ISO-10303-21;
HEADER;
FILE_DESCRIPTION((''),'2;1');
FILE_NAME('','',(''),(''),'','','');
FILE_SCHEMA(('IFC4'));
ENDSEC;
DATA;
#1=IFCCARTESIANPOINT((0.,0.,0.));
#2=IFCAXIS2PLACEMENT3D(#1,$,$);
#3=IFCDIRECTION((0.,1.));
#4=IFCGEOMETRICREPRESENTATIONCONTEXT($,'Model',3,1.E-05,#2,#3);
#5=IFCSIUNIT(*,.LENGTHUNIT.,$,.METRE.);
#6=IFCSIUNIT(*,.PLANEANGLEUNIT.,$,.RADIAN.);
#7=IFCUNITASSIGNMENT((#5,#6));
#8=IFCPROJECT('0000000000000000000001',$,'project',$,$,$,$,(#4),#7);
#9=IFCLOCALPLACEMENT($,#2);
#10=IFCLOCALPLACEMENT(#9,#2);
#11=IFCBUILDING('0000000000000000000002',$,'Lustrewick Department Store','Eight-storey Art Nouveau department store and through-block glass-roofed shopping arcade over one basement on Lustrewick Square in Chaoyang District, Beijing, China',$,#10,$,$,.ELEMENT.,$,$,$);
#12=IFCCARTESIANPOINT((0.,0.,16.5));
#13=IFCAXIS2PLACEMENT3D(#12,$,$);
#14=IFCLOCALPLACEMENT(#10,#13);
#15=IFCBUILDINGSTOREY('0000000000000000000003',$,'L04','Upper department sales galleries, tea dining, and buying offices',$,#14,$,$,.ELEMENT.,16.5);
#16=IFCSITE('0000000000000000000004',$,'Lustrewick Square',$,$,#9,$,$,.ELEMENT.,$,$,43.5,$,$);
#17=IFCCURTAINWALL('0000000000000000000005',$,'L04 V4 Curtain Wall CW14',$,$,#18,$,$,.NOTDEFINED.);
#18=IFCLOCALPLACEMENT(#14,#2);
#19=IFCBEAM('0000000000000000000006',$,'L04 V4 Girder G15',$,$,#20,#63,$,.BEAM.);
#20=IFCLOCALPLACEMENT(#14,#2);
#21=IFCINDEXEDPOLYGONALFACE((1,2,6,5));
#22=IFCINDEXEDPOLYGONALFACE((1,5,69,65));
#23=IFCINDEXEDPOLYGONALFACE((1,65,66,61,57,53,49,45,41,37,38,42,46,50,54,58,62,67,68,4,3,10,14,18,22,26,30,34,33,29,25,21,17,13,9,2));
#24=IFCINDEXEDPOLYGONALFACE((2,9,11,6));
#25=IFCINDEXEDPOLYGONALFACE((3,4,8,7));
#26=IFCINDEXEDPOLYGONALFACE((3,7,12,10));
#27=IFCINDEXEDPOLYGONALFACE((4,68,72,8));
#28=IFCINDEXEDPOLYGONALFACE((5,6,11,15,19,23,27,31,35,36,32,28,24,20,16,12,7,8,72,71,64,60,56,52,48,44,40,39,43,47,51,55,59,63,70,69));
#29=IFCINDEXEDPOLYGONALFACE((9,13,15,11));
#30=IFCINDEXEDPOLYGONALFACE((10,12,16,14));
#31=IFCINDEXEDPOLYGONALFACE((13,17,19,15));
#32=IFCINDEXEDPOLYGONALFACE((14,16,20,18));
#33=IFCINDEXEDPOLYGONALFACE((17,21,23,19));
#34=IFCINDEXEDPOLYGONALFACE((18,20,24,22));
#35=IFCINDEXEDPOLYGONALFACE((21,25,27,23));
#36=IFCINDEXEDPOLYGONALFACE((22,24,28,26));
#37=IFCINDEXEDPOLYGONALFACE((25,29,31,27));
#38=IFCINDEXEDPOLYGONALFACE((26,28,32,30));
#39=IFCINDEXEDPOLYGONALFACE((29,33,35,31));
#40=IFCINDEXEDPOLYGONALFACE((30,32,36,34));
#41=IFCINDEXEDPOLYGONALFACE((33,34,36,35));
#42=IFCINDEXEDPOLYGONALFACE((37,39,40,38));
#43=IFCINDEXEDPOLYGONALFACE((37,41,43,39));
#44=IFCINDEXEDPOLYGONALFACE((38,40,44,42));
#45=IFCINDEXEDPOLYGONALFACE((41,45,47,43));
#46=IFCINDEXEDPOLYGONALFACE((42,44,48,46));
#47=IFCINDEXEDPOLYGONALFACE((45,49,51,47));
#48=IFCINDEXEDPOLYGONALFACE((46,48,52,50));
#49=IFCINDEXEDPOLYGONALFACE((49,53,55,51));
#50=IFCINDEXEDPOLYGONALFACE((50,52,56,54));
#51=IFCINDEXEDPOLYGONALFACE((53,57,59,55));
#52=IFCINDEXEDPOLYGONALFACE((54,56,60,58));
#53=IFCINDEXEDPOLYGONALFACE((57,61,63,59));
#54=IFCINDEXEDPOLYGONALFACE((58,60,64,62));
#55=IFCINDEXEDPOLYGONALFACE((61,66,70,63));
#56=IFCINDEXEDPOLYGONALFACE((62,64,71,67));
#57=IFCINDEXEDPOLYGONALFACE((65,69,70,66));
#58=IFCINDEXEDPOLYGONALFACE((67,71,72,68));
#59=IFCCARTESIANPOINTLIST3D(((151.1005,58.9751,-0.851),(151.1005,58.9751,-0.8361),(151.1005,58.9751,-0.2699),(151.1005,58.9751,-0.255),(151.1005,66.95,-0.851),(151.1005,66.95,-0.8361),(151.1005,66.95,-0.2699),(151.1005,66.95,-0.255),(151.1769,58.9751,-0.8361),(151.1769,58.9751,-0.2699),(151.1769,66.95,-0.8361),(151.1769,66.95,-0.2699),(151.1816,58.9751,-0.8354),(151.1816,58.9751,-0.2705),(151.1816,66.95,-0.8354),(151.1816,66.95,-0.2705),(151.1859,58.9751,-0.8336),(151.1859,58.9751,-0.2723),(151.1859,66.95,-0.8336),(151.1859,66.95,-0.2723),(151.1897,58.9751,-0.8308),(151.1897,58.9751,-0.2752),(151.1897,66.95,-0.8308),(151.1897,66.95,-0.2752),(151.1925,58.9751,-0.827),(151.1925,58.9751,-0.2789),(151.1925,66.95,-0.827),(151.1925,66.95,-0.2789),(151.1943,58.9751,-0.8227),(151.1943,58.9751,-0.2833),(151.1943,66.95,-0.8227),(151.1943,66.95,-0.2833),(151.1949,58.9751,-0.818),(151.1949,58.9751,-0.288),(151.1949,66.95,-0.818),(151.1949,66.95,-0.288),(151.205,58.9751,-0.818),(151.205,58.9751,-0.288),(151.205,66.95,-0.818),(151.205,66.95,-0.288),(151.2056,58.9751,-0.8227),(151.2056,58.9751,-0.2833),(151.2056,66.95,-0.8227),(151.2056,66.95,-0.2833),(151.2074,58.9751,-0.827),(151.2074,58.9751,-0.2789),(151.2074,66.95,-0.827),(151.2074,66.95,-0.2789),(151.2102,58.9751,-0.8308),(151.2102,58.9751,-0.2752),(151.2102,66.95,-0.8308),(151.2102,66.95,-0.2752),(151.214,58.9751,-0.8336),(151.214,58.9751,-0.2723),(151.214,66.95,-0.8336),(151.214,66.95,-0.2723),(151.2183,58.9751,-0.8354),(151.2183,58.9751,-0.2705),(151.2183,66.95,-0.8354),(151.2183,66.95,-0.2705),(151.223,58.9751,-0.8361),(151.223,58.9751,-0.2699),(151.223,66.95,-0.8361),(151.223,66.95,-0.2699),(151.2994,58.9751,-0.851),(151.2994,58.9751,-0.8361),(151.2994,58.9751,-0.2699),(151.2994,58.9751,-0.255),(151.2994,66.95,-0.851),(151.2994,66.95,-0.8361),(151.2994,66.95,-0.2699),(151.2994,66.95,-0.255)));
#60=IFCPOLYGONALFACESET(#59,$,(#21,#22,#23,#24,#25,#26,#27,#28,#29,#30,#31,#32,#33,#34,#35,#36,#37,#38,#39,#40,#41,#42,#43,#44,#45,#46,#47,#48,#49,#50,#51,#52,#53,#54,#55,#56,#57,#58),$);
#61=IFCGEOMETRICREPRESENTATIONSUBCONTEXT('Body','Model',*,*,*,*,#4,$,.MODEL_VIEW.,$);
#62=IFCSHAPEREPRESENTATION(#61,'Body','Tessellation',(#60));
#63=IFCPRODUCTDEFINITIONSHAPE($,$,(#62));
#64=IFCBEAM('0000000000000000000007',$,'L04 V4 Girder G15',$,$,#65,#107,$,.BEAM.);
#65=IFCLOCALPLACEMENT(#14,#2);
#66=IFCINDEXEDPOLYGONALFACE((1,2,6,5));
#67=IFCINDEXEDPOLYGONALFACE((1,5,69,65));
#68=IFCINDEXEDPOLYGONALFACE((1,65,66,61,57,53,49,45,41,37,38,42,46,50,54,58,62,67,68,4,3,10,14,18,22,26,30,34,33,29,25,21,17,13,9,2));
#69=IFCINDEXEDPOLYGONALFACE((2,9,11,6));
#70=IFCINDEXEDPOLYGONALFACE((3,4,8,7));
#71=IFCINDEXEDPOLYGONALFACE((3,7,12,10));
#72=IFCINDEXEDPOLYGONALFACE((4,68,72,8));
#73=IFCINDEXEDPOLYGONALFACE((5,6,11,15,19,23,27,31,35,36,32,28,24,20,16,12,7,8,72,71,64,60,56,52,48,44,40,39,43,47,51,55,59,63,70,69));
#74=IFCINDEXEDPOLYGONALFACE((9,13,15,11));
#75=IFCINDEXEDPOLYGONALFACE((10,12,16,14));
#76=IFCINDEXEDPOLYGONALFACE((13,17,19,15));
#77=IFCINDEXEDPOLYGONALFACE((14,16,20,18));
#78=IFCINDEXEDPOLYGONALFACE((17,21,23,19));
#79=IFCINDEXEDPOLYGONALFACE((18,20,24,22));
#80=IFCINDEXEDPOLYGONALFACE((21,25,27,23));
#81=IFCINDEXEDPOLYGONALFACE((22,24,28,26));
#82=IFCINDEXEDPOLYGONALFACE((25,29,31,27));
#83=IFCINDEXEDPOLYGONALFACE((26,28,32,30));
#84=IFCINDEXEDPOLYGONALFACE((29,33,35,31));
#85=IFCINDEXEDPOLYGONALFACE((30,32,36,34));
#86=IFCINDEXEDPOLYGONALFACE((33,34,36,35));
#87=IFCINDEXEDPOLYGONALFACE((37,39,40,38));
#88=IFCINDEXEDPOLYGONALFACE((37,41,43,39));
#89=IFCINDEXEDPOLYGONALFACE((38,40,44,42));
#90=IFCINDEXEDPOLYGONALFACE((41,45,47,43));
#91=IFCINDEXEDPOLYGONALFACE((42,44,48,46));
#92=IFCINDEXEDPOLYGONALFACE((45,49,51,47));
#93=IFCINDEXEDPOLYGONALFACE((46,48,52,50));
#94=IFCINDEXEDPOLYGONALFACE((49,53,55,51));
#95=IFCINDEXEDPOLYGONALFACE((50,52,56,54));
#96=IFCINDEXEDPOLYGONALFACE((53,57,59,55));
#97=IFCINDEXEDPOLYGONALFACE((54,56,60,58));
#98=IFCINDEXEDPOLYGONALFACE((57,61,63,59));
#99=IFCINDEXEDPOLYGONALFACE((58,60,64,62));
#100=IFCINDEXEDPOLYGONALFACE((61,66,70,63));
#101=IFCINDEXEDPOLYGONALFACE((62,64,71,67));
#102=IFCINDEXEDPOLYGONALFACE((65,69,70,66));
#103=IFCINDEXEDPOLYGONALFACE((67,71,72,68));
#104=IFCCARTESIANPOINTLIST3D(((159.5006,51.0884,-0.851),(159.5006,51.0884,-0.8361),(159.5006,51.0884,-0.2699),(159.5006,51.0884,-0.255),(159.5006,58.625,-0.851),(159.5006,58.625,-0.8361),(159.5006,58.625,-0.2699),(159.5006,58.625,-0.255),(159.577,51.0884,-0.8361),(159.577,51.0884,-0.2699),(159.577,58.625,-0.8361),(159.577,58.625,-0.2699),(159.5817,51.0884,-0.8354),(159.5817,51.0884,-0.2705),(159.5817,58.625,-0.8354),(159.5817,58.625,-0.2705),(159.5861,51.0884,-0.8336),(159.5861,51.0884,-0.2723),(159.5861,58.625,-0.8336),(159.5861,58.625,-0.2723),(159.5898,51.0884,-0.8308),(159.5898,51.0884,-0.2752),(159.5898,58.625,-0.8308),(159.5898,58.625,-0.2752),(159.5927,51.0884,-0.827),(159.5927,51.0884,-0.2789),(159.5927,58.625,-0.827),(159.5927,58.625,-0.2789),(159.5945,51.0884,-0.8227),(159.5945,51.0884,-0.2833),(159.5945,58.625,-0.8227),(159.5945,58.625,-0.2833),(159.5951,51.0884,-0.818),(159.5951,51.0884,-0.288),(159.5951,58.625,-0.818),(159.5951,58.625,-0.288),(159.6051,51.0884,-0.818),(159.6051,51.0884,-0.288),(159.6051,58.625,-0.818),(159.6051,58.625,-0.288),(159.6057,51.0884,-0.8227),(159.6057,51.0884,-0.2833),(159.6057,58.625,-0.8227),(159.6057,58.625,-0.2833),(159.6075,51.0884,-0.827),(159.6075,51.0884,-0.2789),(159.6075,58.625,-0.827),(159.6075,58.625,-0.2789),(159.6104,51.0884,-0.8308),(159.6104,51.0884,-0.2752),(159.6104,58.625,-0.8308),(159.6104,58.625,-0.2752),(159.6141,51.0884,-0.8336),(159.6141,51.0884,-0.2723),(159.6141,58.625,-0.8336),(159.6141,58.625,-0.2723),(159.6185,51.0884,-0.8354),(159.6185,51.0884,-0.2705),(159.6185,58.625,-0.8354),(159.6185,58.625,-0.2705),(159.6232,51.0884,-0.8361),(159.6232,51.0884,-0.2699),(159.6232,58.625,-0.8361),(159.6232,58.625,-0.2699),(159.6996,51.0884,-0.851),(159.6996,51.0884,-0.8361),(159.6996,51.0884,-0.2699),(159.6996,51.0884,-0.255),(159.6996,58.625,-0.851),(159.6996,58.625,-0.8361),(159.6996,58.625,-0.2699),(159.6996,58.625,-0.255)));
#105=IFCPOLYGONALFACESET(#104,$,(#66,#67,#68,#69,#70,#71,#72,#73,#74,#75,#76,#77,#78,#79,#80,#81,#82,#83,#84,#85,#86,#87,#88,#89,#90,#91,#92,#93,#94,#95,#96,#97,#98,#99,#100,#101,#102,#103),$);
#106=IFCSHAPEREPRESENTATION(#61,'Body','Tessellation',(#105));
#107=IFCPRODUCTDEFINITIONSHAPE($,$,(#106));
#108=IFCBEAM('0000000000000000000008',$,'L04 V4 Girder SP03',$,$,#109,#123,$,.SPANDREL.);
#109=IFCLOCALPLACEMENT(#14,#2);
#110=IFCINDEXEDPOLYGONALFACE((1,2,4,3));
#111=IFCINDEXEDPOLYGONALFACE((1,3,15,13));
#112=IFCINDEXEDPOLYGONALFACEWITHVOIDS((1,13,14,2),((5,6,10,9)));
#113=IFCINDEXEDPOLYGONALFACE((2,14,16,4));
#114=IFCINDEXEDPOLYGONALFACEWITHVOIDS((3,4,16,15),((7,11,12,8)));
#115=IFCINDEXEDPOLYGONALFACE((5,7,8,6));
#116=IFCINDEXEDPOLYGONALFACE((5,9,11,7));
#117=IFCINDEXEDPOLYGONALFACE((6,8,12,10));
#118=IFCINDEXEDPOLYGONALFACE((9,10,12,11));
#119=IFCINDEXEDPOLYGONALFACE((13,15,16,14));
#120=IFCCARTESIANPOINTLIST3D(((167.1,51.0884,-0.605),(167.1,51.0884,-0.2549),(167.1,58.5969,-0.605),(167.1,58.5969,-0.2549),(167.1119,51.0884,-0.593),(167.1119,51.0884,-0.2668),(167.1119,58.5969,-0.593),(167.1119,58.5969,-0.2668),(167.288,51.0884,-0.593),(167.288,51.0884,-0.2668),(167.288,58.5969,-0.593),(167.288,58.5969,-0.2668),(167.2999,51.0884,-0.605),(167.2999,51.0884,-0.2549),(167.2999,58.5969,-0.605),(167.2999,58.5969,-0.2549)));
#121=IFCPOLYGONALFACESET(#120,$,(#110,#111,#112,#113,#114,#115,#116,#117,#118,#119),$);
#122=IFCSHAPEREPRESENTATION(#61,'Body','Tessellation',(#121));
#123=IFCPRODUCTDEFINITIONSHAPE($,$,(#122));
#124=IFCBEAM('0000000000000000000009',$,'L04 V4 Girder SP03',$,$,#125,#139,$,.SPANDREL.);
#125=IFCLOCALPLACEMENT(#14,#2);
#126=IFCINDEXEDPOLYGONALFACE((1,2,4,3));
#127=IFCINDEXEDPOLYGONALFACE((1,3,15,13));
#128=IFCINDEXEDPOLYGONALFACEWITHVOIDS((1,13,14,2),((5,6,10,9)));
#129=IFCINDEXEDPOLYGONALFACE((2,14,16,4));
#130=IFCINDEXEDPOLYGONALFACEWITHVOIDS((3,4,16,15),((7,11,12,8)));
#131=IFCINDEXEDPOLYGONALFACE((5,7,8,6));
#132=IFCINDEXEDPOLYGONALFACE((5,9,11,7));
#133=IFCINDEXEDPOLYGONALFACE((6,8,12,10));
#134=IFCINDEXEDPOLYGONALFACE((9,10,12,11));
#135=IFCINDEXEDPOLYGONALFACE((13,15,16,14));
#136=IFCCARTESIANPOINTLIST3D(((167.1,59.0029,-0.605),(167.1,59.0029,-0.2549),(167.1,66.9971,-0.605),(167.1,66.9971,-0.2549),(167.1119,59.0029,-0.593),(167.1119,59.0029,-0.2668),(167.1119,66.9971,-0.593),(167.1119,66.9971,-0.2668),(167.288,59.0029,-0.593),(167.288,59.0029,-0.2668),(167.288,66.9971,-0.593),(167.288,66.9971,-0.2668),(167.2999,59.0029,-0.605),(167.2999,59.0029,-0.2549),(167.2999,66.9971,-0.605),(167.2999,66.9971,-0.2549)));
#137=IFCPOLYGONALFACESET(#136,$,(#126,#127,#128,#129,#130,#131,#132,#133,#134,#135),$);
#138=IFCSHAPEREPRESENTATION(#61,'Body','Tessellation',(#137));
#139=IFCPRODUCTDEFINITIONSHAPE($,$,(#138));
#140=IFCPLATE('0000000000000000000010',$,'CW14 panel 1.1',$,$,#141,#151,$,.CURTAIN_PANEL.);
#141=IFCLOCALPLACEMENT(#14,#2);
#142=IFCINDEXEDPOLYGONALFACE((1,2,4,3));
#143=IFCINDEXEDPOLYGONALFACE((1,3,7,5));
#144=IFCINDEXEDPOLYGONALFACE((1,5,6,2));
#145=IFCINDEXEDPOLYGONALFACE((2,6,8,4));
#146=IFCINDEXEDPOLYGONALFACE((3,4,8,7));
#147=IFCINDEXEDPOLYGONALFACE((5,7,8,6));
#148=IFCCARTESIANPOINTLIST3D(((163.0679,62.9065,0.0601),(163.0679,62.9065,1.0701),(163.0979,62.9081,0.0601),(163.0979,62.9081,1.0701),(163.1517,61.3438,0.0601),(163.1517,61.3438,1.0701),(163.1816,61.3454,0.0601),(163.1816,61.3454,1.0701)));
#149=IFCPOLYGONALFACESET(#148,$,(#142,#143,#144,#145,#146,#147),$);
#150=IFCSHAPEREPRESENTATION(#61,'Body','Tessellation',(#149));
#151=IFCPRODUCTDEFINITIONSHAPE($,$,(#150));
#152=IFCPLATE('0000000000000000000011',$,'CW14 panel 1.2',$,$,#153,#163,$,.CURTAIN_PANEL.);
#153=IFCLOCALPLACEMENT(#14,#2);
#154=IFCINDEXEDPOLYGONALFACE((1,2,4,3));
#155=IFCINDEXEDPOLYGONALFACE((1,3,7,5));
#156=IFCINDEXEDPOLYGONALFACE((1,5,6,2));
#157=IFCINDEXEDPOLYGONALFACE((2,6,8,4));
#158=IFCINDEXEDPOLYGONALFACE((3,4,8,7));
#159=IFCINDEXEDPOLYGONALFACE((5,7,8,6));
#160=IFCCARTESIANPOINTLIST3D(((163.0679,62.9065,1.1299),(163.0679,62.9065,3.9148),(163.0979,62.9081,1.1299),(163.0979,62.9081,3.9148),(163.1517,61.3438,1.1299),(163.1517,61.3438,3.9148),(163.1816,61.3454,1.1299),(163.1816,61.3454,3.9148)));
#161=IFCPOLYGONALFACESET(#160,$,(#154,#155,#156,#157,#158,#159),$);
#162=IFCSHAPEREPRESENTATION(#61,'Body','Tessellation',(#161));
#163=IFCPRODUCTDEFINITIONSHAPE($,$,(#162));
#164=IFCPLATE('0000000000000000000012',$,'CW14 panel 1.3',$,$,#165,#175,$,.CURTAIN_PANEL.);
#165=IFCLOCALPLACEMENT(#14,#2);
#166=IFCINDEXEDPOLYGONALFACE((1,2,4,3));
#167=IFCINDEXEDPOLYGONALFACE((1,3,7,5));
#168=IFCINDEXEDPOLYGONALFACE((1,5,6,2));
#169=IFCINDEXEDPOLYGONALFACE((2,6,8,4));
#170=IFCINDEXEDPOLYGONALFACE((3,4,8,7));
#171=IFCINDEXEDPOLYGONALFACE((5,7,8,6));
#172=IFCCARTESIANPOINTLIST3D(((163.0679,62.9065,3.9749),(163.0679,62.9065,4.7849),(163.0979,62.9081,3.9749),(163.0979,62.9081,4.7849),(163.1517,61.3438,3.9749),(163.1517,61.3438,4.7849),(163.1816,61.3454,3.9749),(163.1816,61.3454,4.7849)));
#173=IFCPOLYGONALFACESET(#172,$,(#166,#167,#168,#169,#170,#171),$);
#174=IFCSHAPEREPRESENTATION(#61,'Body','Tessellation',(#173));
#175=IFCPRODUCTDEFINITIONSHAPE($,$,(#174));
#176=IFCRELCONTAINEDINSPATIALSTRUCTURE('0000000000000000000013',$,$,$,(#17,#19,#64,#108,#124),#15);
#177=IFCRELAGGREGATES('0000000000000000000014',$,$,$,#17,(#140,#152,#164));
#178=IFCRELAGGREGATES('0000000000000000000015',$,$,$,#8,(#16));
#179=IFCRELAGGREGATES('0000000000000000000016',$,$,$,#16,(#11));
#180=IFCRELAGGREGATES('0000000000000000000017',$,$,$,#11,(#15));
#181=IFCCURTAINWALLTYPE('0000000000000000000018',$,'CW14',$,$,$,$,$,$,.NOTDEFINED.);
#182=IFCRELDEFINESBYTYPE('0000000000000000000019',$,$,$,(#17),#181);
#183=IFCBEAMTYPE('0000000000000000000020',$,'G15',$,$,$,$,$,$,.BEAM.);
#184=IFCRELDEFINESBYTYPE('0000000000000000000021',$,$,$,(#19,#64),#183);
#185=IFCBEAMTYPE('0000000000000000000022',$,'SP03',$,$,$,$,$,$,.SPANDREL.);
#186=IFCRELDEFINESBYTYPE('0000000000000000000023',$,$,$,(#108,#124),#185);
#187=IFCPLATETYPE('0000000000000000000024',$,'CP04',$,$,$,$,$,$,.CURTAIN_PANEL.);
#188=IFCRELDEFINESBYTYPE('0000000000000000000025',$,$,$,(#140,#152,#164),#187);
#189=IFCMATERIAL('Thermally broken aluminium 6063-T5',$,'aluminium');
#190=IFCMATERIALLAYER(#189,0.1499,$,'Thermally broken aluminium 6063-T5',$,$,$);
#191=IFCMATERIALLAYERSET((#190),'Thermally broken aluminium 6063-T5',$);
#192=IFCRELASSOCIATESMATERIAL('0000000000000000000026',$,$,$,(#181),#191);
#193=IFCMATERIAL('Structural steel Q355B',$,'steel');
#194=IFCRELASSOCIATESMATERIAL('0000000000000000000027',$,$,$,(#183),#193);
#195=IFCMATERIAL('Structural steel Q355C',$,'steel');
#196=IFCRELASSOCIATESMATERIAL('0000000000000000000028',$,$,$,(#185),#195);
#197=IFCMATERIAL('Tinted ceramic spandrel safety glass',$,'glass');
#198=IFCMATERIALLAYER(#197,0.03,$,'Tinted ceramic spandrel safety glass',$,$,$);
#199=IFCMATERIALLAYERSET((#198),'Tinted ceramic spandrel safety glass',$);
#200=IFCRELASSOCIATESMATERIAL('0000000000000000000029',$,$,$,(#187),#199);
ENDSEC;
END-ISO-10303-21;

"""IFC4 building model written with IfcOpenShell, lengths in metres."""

from ifc_helpers import new_model, si_unit, direction, frame, origin, origin_2d, place, context, subcontext, project, spatial, rectangle, hollow_rectangle, i_section, extrude, material, layer, layer_set, material_profile, profile_set, type_object, element, aggregate, save


model = new_model("IFC4")

# Units and contexts
model_context = context("Model", 3, precision=1e-05, world=origin(), true_north=direction((0.0, 1.0)))
body_context = subcontext(model_context, "Body", "Model", "MODEL_VIEW")
ifc_project = project(units=[si_unit("LENGTHUNIT", "METRE"), si_unit("PLANEANGLEUNIT", "RADIAN")], contexts=[model_context])

# Site, building, storey
site_placement = place(None, origin())
site = spatial("IfcSite", under=ifc_project, at=site_placement, Name="Lustrewick Square", CompositionType="ELEMENT", RefElevation=43.5)
building_placement = place(site_placement, origin())
building = spatial("IfcBuilding", under=site, at=building_placement, Name="Lustrewick Department Store", Description="Eight-storey Art Nouveau department store and through-block glass-roofed shopping arcade over one basement on Lustrewick Square in Chaoyang District, Beijing, China", CompositionType="ELEMENT")
storey_placement = place(building_placement, frame((0.0, 0.0, 16.5)))
storey = spatial("IfcBuildingStorey", under=building, at=storey_placement, Name="L04", Description="Upper department sales galleries, tea dining, and buying offices", CompositionType="ELEMENT", Elevation=16.5)

# Shared definitions
ifc_material_1 = material(Name="Structural steel Q355C", Category="steel")

# Shared definitions
ifc_material_2 = material(Name="Structural steel Q355B", Category="steel")

# Curtain wall
ifc_material_3 = material(Name="Thermally broken aluminium 6063-T5", Category="aluminium")
ifc_layer_1 = layer(ifc_material_3, 0.1499, Name="Thermally broken aluminium 6063-T5")
ifc_layer_set_1 = layer_set([ifc_layer_1], Name="Thermally broken aluminium 6063-T5")
curtain_wall_type = type_object("IfcCurtainWallType", Name="CW14", PredefinedType="NOTDEFINED", material=ifc_layer_set_1)
curtain_wall_placement = place(storey_placement, origin())
curtain_wall = element("IfcCurtainWall", 1, at=curtain_wall_placement, inside=storey, type_object=curtain_wall_type, Name="L04 V4 Curtain Wall CW14", PredefinedType="NOTDEFINED")

# Beams
ifc_material_profile_1 = material_profile(ifc_material_2, i_section(OverallWidth=0.199, OverallDepth=0.5959, WebThickness=0.01, FlangeThickness=0.0149, FilletRadius=0.0181, at=origin_2d()), Name="HN 596x199x10x15")
ifc_profile_set_1 = profile_set([ifc_material_profile_1], Name="Structural steel Q355B")
beam_type_1 = type_object("IfcBeamType", Name="G15", PredefinedType="BEAM", material=ifc_profile_set_1)
beam_1_placement = place(storey_placement, frame((151.2, 58.9751, -0.553), z_axis=(0.0, 1.0, 0.0), x_axis=(-1.0, 0.0, 0.0)))
element("IfcBeam", 2, at=beam_1_placement, inside=storey, type_object=beam_type_1, Name="L04 V4 Girder G15", PredefinedType="BEAM", context=body_context, shape_type="SweptSolid", body=[
    extrude(i_section(OverallWidth=0.199, OverallDepth=0.5959, WebThickness=0.01, FlangeThickness=0.0149, FilletRadius=0.0181, at=origin_2d()), origin(), (0.0, 0.0, 1.0), 7.9749),
])
beam_2_placement = place(storey_placement, frame((159.6001, 51.0884, -0.553), z_axis=(0.0, 1.0, 0.0), x_axis=(-1.0, 0.0, 0.0)))
element("IfcBeam", 3, at=beam_2_placement, inside=storey, type_object=beam_type_1, Name="L04 V4 Girder G15", PredefinedType="BEAM", context=body_context, shape_type="SweptSolid", body=[
    extrude(i_section(OverallWidth=0.199, OverallDepth=0.5959, WebThickness=0.01, FlangeThickness=0.0149, FilletRadius=0.0181, at=origin_2d()), origin(), (0.0, 0.0, 1.0), 7.5366),
])
ifc_material_profile_2 = material_profile(ifc_material_1, hollow_rectangle(XDim=0.2, YDim=0.3501, WallThickness=0.012, at=origin_2d()), Name="RHS 350x200x12")
ifc_profile_set_2 = profile_set([ifc_material_profile_2], Name="Structural steel Q355C")
beam_type_2 = type_object("IfcBeamType", Name="SP03", PredefinedType="SPANDREL", material=ifc_profile_set_2)
beam_3_placement = place(storey_placement, frame((167.2, 51.0884, -0.4299), z_axis=(0.0, 1.0, 0.0), x_axis=(-1.0, 0.0, 0.0)))
element("IfcBeam", 4, at=beam_3_placement, inside=storey, type_object=beam_type_2, Name="L04 V4 Girder SP03", PredefinedType="SPANDREL", context=body_context, shape_type="SweptSolid", body=[
    extrude(hollow_rectangle(XDim=0.2, YDim=0.3501, WallThickness=0.012, at=origin_2d()), origin(), (0.0, 0.0, 1.0), 7.5085),
])
beam_4_placement = place(storey_placement, frame((167.2, 59.0029, -0.4299), z_axis=(0.0, 1.0, 0.0), x_axis=(-1.0, 0.0, 0.0)))
element("IfcBeam", 5, at=beam_4_placement, inside=storey, type_object=beam_type_2, Name="L04 V4 Girder SP03", PredefinedType="SPANDREL", context=body_context, shape_type="SweptSolid", body=[
    extrude(hollow_rectangle(XDim=0.2, YDim=0.3501, WallThickness=0.012, at=origin_2d()), origin(), (0.0, 0.0, 1.0), 7.9941),
])

# Plates
ifc_material_4 = material(Name="Tinted ceramic spandrel safety glass", Category="glass")
ifc_layer_2 = layer(ifc_material_4, 0.03, Name="Tinted ceramic spandrel safety glass")
ifc_layer_set_2 = layer_set([ifc_layer_2], Name="Tinted ceramic spandrel safety glass")
plate_type = type_object("IfcPlateType", Name="CP04", PredefinedType="CURTAIN_PANEL", material=ifc_layer_set_2)
plate_1_placement = place(storey_placement, frame((163.1248, 62.126, 0.0601), z_axis=(0.0, 0.0, 1.0), x_axis=(-0.053534, 0.998566, 0.0)))
plate_1 = element("IfcPlate", 6, at=plate_1_placement, type_object=plate_type, Name="CW14 panel 1.1", PredefinedType="CURTAIN_PANEL", context=body_context, shape_type="SweptSolid", body=[
    extrude(rectangle(XDim=1.5649, YDim=0.03, at=origin_2d()), origin(), (0.0, 0.0, 1.0), 1.01),
])
plate_2_placement = place(storey_placement, frame((163.1248, 62.126, 1.1299), z_axis=(0.0, 0.0, 1.0), x_axis=(-0.053534, 0.998566, 0.0)))
plate_2 = element("IfcPlate", 7, at=plate_2_placement, type_object=plate_type, Name="CW14 panel 1.2", PredefinedType="CURTAIN_PANEL", context=body_context, shape_type="SweptSolid", body=[
    extrude(rectangle(XDim=1.5649, YDim=0.03, at=origin_2d()), origin(), (0.0, 0.0, 1.0), 2.7849),
])
plate_3_placement = place(storey_placement, frame((163.1248, 62.126, 3.9749), z_axis=(0.0, 0.0, 1.0), x_axis=(-0.053534, 0.998566, 0.0)))
plate_3 = element("IfcPlate", 8, at=plate_3_placement, type_object=plate_type, Name="CW14 panel 1.3", PredefinedType="CURTAIN_PANEL", context=body_context, shape_type="SweptSolid", body=[
    extrude(rectangle(XDim=1.5649, YDim=0.03, at=origin_2d()), origin(), (0.0, 0.0, 1.0), 0.8101),
])
aggregate(curtain_wall, [plate_1, plate_2, plate_3])

save(model, "model.ifc")
